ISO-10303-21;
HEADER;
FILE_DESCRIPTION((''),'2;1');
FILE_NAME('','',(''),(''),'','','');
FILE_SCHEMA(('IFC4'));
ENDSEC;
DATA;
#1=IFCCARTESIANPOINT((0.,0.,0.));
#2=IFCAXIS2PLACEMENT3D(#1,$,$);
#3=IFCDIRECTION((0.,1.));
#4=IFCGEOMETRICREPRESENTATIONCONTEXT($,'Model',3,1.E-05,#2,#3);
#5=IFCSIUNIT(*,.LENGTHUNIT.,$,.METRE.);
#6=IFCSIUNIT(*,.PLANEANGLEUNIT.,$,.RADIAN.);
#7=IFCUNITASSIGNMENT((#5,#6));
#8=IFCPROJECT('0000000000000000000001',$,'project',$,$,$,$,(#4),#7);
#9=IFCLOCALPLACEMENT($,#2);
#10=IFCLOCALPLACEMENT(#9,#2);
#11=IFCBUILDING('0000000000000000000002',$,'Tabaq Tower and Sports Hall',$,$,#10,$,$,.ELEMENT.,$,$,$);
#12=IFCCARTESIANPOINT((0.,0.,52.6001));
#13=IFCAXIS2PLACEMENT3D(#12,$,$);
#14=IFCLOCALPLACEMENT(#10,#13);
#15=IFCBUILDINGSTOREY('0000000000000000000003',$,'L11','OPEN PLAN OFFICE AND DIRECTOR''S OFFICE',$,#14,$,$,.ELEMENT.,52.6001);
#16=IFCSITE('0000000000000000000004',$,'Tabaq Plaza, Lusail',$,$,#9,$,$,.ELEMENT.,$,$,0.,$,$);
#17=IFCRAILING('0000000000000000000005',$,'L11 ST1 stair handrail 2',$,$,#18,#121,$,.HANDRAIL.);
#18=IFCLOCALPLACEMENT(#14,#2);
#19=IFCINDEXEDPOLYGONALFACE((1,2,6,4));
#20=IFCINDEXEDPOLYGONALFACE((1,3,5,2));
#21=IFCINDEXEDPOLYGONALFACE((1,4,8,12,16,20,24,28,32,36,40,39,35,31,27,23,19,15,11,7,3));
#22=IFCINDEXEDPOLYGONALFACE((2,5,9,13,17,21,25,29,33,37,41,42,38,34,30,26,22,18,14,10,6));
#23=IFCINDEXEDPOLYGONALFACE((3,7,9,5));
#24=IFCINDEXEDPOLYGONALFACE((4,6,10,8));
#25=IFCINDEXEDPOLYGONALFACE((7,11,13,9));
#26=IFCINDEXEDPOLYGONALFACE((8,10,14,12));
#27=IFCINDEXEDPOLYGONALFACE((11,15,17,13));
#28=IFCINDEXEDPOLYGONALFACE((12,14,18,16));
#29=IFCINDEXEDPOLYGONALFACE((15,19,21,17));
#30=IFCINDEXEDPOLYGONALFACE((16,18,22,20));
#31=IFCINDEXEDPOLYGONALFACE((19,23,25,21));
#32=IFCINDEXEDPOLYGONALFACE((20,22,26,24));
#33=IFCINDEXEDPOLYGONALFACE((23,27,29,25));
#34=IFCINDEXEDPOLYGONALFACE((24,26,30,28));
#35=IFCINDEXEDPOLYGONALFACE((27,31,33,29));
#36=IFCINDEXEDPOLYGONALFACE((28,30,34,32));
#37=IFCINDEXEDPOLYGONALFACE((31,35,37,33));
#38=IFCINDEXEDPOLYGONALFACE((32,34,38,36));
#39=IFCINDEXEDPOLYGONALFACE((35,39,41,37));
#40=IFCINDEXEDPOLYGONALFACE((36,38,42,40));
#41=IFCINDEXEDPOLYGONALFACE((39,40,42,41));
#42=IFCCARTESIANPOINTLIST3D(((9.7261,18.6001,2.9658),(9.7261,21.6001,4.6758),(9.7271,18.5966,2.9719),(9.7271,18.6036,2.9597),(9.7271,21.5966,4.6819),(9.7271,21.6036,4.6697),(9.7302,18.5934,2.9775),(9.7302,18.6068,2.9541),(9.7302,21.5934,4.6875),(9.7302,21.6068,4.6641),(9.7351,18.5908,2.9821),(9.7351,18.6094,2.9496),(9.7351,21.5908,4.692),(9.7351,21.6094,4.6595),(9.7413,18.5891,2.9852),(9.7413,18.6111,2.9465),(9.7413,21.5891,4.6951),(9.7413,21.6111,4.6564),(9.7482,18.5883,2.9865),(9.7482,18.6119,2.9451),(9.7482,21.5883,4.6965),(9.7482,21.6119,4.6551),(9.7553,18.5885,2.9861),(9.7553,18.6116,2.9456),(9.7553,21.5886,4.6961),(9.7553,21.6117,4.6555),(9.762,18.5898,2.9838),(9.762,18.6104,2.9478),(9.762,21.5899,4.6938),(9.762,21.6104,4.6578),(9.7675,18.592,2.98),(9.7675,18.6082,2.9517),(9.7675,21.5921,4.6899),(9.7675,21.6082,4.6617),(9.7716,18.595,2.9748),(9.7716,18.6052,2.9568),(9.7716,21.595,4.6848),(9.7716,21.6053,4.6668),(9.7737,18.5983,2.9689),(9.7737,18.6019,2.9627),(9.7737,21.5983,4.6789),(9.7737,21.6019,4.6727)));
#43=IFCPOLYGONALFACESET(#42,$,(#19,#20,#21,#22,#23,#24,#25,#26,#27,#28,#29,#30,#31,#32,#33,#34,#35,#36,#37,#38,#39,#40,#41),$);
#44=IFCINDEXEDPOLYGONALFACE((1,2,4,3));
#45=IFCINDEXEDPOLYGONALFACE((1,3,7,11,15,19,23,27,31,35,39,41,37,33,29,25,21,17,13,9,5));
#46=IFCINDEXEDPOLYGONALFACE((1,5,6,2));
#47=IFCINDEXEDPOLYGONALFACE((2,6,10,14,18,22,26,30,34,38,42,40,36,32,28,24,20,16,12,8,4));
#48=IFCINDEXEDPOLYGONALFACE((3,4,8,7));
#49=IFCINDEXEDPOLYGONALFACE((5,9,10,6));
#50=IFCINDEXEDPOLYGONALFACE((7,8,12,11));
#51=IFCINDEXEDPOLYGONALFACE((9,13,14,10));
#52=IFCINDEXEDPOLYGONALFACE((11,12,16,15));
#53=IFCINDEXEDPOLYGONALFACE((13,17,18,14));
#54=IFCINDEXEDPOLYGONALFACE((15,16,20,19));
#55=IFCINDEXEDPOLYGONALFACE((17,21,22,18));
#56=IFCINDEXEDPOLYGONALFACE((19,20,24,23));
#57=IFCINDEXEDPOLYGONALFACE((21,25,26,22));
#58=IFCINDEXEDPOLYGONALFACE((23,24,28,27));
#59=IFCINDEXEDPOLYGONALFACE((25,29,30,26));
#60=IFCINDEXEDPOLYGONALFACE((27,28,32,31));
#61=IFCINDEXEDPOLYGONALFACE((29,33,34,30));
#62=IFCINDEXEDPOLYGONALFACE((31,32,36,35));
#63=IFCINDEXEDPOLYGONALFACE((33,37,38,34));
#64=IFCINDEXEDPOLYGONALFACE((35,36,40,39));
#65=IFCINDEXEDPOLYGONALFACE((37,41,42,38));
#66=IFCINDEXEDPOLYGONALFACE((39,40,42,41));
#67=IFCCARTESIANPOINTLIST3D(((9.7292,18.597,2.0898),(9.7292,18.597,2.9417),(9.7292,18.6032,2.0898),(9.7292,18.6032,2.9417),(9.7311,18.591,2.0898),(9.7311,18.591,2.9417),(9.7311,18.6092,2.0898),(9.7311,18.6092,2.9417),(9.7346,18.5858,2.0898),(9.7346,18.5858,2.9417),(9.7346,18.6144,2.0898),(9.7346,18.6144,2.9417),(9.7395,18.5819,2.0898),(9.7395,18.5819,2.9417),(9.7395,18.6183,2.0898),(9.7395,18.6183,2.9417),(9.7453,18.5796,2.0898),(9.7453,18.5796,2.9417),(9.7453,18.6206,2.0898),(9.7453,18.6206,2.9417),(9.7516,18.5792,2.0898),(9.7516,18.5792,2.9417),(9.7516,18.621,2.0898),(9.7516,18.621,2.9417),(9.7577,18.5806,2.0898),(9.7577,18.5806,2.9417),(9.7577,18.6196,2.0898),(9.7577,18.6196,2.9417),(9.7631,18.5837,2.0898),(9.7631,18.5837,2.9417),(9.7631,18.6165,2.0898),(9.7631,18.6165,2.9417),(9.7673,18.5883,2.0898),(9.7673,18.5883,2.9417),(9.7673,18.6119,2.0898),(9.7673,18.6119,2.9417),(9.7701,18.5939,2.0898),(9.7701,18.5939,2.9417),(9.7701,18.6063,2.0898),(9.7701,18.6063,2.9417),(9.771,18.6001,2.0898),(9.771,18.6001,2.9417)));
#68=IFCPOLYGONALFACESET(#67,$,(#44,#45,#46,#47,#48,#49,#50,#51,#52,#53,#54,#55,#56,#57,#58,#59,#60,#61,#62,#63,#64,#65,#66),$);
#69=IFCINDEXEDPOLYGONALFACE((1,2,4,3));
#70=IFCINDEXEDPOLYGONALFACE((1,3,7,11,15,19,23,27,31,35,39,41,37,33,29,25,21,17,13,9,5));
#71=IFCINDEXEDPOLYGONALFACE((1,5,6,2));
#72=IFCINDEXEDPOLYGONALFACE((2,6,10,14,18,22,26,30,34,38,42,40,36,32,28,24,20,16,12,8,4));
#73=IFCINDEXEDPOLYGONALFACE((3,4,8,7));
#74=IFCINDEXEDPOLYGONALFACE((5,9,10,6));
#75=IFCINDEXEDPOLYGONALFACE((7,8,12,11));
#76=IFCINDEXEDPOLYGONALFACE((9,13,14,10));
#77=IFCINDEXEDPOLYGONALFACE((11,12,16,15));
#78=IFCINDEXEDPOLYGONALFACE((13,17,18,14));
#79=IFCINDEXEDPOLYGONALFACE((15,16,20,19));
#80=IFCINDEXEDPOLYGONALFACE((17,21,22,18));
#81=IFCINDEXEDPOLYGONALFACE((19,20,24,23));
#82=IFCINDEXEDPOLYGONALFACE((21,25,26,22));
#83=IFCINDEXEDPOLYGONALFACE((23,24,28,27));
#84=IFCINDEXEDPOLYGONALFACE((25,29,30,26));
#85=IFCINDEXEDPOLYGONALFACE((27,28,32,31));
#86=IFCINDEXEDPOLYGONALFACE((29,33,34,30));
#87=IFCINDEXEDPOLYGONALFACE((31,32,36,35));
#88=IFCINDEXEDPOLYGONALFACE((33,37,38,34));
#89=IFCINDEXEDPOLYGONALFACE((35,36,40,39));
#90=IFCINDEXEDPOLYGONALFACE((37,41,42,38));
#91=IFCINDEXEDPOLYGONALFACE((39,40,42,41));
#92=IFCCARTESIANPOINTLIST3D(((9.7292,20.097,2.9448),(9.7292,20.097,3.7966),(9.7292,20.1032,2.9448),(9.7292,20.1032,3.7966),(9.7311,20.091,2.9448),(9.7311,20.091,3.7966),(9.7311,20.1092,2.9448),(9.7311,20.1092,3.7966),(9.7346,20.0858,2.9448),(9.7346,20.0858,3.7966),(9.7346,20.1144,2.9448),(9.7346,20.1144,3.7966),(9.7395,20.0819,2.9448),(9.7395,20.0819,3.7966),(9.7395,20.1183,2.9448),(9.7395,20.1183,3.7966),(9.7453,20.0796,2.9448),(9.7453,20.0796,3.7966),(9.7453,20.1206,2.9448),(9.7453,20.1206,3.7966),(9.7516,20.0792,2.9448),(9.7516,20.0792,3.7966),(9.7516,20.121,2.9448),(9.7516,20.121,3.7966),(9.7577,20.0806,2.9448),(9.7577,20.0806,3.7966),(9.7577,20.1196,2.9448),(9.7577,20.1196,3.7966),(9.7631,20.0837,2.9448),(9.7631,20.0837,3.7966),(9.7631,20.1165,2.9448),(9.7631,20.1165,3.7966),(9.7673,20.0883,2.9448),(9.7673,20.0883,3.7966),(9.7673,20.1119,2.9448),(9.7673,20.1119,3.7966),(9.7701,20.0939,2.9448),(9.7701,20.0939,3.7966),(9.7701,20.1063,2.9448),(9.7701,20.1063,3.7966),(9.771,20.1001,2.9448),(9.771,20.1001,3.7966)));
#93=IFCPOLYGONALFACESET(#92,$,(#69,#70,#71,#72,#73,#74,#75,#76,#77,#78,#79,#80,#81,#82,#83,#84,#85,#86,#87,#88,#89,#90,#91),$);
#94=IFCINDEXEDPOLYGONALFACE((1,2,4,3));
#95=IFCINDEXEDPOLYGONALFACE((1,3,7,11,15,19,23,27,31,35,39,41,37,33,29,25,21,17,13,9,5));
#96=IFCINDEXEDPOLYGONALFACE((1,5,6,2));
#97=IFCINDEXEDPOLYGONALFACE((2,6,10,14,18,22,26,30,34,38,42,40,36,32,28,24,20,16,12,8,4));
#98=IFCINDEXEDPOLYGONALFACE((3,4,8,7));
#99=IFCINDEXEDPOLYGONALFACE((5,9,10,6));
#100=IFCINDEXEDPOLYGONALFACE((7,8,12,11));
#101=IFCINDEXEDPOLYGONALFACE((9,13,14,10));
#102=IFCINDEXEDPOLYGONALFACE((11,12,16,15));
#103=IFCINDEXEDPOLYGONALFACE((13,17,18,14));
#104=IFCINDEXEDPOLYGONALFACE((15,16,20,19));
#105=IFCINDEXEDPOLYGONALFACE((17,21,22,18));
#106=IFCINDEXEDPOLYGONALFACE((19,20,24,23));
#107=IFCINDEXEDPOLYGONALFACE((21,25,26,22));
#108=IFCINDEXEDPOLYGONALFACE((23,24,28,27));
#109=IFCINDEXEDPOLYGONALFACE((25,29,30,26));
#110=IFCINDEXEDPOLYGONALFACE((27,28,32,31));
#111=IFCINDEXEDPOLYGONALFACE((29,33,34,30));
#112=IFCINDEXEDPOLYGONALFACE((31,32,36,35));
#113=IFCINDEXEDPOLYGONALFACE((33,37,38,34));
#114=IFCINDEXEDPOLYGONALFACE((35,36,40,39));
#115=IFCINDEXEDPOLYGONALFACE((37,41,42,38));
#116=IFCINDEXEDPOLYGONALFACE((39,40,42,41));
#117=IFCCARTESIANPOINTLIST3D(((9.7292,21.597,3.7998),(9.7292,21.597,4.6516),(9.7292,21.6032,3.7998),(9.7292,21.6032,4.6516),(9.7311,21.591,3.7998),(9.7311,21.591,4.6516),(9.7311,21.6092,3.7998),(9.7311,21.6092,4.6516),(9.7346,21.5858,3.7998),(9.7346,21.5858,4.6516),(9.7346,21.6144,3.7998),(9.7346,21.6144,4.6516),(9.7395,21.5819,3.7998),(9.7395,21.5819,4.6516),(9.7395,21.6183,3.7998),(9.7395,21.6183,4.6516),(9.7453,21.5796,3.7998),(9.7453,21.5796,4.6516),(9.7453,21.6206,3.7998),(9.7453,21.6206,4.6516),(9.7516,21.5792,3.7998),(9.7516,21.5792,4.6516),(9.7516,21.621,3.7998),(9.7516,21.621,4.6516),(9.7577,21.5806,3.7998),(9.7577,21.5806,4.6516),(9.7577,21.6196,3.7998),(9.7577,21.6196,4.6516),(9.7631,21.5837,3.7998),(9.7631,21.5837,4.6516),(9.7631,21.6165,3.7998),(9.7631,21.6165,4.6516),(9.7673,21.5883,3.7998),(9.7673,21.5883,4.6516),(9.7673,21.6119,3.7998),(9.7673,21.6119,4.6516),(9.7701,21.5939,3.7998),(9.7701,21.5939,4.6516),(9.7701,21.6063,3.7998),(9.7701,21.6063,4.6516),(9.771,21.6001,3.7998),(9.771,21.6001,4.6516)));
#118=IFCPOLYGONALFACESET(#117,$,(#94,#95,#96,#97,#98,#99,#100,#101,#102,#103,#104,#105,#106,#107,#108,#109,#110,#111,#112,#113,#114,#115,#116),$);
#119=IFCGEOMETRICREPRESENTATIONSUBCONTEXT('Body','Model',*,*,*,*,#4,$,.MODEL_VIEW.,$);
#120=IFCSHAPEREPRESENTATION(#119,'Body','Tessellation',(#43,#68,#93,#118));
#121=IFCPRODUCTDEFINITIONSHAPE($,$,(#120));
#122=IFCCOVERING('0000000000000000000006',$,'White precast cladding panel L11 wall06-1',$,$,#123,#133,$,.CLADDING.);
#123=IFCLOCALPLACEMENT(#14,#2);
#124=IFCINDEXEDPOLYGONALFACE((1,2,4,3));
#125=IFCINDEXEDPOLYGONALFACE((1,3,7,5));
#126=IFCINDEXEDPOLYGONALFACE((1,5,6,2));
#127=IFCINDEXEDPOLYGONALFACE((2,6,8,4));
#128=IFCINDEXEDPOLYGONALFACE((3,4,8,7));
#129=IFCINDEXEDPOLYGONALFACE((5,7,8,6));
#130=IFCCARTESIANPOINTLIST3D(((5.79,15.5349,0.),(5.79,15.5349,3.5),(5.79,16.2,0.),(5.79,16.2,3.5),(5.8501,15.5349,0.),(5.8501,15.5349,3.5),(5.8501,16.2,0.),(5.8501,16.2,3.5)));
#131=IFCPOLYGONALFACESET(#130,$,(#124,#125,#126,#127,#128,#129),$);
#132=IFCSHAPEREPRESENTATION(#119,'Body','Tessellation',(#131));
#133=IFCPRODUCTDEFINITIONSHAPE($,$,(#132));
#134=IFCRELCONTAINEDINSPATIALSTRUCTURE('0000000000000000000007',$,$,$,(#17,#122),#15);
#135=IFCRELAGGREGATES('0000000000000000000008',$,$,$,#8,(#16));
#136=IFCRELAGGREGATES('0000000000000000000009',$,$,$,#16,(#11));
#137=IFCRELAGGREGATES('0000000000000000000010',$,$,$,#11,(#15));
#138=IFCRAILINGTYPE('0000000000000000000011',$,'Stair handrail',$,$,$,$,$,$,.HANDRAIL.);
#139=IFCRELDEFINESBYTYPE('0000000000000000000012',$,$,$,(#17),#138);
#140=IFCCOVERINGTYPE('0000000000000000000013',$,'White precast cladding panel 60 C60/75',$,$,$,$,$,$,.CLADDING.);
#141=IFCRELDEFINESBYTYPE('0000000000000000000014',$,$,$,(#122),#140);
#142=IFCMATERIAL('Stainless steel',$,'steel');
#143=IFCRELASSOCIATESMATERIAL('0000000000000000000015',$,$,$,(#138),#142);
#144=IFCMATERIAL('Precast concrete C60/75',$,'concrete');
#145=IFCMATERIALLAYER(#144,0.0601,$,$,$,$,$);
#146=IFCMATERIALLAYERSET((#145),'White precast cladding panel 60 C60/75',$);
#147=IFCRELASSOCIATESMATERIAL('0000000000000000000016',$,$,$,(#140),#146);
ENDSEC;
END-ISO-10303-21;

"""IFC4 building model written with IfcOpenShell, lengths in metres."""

from ifc_helpers import new_model, si_unit, direction, frame, frame_2d, origin, origin_2d, place, context, subcontext, project, spatial, rectangle, circle, extrude, material, layer, layer_set, type_object, element, save


model = new_model("IFC4")

# Units and contexts
model_context = context("Model", 3, precision=1e-05, world=origin(), true_north=direction((0.0, 1.0)))
body_context = subcontext(model_context, "Body", "Model", "MODEL_VIEW")
ifc_project = project(units=[si_unit("LENGTHUNIT", "METRE"), si_unit("PLANEANGLEUNIT", "RADIAN")], contexts=[model_context])

# Site, building, storey
site_placement = place(None, origin())
site = spatial("IfcSite", under=ifc_project, at=site_placement, Name="Tabaq Plaza, Lusail", CompositionType="ELEMENT", RefElevation=0.0)
building_placement = place(site_placement, origin())
building = spatial("IfcBuilding", under=site, at=building_placement, Name="Tabaq Tower and Sports Hall", CompositionType="ELEMENT")
storey_placement = place(building_placement, frame((0.0, 0.0, 52.6001)))
storey = spatial("IfcBuildingStorey", under=building, at=storey_placement, Name="L11", Description="OPEN PLAN OFFICE AND DIRECTOR'S OFFICE", CompositionType="ELEMENT", Elevation=52.6001)

# Railing
ifc_material_1 = material(Name="Stainless steel", Category="steel")
railing_type_1 = type_object("IfcRailingType", Name="Stair handrail", PredefinedType="HANDRAIL", material=ifc_material_1)
railing_1_placement = place(storey_placement, frame((9.75, 18.6001, 2.0898)))
element("IfcRailing", 1, at=railing_1_placement, inside=storey, type_object=railing_type_1, Name="L11 ST1 stair handrail 2", PredefinedType="HANDRAIL", context=body_context, shape_type="SweptSolid", body=[
    extrude(circle(Radius=0.0239, at=origin_2d()), frame((0.0, 0.0, 0.876), z_axis=(0.0, 0.868782, 0.495195), x_axis=(-1.0, 0.0, 0.0)), (0.0, 0.0, 1.0), 3.4531),
    extrude(circle(Radius=0.021, at=origin_2d()), origin(), (0.0, 0.0, 1.0), 0.8518),
    extrude(circle(Radius=0.021, at=origin_2d()), frame((0.0, 1.5, 0.855)), (0.0, 0.0, 1.0), 0.8518),
    extrude(circle(Radius=0.021, at=origin_2d()), frame((0.0, 3.0, 1.71)), (0.0, 0.0, 1.0), 0.8518),
])

# Covering
ifc_material_2 = material(Name="Precast concrete C60/75", Category="concrete")
ifc_layer_1 = layer(ifc_material_2, 0.0601)
ifc_layer_set_1 = layer_set([ifc_layer_1], Name="White precast cladding panel 60 C60/75")
covering_type = type_object("IfcCoveringType", Name="White precast cladding panel 60 C60/75", PredefinedType="CLADDING", material=ifc_layer_set_1)
covering_placement = place(storey_placement, frame((5.8201, 16.2, 0.0), z_axis=(0.0, 0.0, 1.0), x_axis=(0.0, -1.0, 0.0)))
element("IfcCovering", 2, at=covering_placement, inside=storey, type_object=covering_type, Name="White precast cladding panel L11 wall06-1", PredefinedType="CLADDING", context=body_context, shape_type="SweptSolid", body=[
    extrude(rectangle(XDim=0.665, YDim=0.0601, at=frame_2d((0.3325, 0.0))), origin(), (0.0, 0.0, 1.0), 3.5),
])

save(model, "model.ifc")
